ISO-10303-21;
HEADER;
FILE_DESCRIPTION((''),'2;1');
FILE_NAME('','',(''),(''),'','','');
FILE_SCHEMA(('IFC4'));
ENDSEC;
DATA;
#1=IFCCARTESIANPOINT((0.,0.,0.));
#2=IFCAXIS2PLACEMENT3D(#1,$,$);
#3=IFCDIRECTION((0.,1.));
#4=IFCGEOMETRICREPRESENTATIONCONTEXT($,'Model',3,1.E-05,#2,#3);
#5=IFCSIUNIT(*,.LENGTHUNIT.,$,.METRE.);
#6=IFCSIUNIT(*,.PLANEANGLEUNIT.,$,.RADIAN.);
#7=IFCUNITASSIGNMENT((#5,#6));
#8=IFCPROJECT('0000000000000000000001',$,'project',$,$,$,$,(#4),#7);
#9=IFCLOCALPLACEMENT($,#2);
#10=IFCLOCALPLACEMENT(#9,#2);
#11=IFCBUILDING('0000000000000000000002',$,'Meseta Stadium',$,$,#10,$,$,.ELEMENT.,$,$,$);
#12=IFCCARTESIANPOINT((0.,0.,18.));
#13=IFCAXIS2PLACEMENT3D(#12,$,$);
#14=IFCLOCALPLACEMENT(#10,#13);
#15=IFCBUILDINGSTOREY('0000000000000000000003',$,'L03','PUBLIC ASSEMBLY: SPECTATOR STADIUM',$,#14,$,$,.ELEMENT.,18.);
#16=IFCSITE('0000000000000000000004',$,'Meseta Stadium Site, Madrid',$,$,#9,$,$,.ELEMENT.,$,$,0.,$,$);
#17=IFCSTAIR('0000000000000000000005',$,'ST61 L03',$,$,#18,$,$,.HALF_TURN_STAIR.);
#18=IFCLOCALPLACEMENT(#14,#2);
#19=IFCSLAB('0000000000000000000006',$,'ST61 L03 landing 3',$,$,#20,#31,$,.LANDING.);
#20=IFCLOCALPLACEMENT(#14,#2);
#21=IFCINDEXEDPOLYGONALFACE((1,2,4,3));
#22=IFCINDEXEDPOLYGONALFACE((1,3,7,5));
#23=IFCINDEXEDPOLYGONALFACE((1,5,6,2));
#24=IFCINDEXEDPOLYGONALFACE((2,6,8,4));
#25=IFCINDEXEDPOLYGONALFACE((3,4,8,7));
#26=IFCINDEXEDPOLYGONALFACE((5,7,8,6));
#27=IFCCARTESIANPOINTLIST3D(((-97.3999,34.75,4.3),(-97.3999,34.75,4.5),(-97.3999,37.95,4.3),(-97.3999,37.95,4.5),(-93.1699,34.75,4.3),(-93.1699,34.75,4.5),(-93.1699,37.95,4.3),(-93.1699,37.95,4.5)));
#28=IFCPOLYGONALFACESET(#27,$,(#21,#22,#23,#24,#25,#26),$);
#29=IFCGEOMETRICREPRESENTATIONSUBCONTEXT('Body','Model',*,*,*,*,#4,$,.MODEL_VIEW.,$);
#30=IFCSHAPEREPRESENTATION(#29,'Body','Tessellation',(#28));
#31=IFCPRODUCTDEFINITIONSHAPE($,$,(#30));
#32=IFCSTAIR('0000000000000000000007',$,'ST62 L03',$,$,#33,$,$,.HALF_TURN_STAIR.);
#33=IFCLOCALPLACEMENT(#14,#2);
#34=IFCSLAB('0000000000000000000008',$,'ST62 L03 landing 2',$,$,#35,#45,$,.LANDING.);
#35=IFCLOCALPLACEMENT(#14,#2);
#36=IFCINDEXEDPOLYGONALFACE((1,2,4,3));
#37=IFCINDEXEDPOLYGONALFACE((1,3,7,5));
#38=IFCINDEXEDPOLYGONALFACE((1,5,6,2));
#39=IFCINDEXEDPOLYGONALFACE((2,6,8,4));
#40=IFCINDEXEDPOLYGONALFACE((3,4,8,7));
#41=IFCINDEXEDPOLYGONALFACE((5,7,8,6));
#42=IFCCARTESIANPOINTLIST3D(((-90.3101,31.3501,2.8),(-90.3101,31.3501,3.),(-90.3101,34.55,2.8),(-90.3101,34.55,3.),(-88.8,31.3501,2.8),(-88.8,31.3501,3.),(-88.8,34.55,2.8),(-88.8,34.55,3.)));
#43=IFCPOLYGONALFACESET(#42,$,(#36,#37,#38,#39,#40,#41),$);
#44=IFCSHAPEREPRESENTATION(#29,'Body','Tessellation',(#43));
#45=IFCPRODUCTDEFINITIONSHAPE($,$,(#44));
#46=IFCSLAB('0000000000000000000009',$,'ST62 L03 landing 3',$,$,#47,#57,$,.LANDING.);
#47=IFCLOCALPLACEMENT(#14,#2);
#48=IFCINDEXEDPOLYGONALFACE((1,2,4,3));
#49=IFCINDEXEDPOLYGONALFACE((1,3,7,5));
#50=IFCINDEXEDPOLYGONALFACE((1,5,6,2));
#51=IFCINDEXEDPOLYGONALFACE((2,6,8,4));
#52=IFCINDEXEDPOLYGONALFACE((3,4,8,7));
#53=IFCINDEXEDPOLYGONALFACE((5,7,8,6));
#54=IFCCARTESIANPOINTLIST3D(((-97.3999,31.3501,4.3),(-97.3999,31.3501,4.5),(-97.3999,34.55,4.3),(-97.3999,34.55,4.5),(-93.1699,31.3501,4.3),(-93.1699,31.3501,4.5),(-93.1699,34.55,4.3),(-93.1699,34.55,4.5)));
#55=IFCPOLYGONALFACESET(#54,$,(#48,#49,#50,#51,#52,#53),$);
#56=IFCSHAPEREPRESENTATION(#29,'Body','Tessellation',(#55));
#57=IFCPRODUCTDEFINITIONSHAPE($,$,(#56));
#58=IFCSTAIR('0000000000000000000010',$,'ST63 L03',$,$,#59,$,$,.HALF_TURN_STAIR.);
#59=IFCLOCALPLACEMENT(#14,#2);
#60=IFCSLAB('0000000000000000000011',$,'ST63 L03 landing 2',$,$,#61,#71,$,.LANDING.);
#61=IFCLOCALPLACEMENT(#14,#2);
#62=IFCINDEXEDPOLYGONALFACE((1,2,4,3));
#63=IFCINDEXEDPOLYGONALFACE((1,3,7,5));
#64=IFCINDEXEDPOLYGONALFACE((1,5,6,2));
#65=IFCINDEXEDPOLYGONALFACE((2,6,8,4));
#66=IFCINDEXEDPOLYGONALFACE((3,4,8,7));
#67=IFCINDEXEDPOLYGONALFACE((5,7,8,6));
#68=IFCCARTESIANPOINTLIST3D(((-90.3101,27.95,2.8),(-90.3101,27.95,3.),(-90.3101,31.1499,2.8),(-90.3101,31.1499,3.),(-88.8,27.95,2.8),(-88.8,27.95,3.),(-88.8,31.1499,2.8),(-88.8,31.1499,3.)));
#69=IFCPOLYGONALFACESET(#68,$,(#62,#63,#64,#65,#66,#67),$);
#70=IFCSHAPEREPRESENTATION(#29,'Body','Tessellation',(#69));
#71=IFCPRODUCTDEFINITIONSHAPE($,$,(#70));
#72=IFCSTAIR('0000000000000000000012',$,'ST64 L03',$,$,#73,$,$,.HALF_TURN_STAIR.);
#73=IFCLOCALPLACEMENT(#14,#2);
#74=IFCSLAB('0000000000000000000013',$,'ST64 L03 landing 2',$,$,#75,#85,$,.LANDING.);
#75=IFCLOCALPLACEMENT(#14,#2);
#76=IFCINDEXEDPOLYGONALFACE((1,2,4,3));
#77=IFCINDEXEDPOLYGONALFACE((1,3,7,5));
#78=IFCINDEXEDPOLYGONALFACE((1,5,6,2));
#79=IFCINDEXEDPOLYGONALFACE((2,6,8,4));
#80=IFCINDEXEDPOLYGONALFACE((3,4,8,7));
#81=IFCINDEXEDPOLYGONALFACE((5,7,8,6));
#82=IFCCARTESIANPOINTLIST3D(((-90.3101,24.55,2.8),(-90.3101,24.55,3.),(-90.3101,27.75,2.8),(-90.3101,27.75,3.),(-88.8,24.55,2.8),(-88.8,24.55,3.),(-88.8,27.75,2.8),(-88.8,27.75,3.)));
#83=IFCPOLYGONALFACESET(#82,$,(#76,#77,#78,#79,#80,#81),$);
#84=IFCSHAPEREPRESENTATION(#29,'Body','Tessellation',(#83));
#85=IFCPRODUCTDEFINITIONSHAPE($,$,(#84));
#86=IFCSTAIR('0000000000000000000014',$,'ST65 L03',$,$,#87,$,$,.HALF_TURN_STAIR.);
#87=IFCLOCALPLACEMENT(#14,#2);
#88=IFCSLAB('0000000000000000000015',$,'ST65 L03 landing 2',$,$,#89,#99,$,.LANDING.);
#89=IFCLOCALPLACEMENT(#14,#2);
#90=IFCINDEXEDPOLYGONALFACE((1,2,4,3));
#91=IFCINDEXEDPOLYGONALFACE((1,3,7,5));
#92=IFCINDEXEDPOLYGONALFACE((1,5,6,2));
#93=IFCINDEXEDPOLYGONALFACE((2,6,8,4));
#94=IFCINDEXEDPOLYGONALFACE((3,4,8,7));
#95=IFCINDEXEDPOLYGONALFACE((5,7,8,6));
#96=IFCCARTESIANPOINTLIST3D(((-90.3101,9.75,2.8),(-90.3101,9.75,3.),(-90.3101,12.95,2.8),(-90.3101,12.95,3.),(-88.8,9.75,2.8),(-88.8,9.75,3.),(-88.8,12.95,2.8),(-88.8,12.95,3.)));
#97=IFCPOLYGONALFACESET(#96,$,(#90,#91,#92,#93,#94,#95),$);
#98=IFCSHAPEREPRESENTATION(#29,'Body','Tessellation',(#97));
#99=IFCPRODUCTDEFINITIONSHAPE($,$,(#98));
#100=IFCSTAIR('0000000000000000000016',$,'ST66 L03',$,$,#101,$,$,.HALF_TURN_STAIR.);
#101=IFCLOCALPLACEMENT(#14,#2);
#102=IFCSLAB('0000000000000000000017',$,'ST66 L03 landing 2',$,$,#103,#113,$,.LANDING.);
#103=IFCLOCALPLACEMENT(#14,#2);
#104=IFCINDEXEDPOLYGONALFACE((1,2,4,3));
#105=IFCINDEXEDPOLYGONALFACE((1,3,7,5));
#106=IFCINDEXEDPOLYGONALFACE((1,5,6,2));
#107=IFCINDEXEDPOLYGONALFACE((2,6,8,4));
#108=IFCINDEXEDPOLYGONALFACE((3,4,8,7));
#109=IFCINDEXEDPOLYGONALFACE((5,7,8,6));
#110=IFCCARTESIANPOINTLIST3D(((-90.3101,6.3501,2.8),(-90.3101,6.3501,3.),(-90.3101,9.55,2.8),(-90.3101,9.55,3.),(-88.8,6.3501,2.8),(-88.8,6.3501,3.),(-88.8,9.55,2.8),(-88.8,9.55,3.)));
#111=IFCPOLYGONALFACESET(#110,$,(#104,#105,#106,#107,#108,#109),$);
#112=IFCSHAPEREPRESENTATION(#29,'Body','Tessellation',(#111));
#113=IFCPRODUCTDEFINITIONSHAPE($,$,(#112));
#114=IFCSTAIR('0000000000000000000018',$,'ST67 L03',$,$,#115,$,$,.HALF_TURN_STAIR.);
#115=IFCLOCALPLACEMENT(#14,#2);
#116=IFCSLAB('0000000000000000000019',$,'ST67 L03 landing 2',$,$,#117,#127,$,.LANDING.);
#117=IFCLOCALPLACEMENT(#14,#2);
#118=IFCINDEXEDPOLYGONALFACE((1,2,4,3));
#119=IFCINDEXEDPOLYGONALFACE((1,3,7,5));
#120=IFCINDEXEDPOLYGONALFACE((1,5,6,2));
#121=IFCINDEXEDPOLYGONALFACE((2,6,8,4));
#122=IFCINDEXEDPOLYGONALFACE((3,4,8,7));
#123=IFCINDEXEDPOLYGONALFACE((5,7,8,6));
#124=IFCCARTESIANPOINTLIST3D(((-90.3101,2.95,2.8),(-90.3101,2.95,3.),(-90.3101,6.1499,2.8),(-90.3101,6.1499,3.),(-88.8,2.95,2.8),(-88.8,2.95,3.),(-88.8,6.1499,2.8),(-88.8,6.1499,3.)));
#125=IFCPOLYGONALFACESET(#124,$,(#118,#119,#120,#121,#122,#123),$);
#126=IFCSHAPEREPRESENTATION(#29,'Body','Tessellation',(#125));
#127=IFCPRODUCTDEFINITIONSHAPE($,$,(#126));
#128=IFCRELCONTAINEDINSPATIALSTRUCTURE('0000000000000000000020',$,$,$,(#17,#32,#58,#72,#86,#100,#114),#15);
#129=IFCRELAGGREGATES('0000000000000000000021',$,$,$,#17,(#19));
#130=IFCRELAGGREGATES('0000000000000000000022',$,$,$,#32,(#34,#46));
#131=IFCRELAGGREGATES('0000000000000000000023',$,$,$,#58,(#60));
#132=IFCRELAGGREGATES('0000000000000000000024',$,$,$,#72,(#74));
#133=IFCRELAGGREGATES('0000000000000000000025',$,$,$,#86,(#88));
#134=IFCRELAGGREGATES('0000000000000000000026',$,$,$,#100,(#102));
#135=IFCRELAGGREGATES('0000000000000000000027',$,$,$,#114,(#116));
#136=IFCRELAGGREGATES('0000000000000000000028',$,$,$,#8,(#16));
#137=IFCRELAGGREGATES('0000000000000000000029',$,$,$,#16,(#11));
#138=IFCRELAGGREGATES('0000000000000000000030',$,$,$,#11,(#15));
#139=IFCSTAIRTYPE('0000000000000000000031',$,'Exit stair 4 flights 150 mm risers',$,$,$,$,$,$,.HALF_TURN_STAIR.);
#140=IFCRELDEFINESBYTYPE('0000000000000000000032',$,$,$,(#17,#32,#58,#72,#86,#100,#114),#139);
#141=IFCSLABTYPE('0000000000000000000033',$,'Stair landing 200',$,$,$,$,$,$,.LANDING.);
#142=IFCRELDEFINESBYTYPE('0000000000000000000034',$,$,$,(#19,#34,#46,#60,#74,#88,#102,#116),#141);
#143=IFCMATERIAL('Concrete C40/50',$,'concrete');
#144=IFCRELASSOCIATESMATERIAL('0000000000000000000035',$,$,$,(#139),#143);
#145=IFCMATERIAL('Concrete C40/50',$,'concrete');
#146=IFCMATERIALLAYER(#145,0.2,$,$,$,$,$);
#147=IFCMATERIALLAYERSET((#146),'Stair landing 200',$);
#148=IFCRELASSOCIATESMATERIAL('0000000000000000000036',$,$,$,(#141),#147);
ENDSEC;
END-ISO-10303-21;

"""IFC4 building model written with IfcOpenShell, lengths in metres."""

from ifc_helpers import new_model, si_unit, direction, frame, origin, place, context, subcontext, project, spatial, polyline, outline, extrude, material, layer, layer_set, type_object, element, aggregate, save


model = new_model("IFC4")

# Units and contexts
model_context = context("Model", 3, precision=1e-05, world=origin(), true_north=direction((0.0, 1.0)))
body_context = subcontext(model_context, "Body", "Model", "MODEL_VIEW")
ifc_project = project(units=[si_unit("LENGTHUNIT", "METRE"), si_unit("PLANEANGLEUNIT", "RADIAN")], contexts=[model_context])

# Site, building, storey
site_placement = place(None, origin())
site = spatial("IfcSite", under=ifc_project, at=site_placement, Name="Meseta Stadium Site, Madrid", CompositionType="ELEMENT", RefElevation=0.0)
building_placement = place(site_placement, origin())
building = spatial("IfcBuilding", under=site, at=building_placement, Name="Meseta Stadium", CompositionType="ELEMENT")
storey_placement = place(building_placement, frame((0.0, 0.0, 18.0)))
storey = spatial("IfcBuildingStorey", under=building, at=storey_placement, Name="L03", Description="PUBLIC ASSEMBLY: SPECTATOR STADIUM", CompositionType="ELEMENT", Elevation=18.0)

# Shared definitions
ifc_material_1 = material(Name="Concrete C40/50", Category="concrete")
stair_type = type_object("IfcStairType", Name="Exit stair 4 flights 150 mm risers", PredefinedType="HALF_TURN_STAIR", material=ifc_material_1)
ifc_material_2 = material(Name="Concrete C40/50", Category="concrete")
ifc_layer = layer(ifc_material_2, 0.2)
ifc_layer_set = layer_set([ifc_layer], Name="Stair landing 200")
slab_type = type_object("IfcSlabType", Name="Stair landing 200", PredefinedType="LANDING", material=ifc_layer_set)

# Stairs, slabs
stair_1_placement = place(storey_placement, origin())
stair_1 = element("IfcStair", 1, at=stair_1_placement, inside=storey, type_object=stair_type, Name="ST61 L03", PredefinedType="HALF_TURN_STAIR")
slab_1_placement = place(storey_placement, frame((0.0, 0.0, 4.3)))
slab_1 = element("IfcSlab", 2, at=slab_1_placement, type_object=slab_type, Name="ST61 L03 landing 3", PredefinedType="LANDING", context=body_context, shape_type="SweptSolid", body=[
    extrude(outline(polyline([(-93.1699, 37.95), (-97.3999, 37.95), (-97.3999, 34.75), (-93.1699, 34.75), (-93.1699, 37.95)])), origin(), (0.0, 0.0, 1.0), 0.2),
])
aggregate(stair_1, [slab_1])
stair_2_placement = place(storey_placement, origin())
stair_2 = element("IfcStair", 3, at=stair_2_placement, inside=storey, type_object=stair_type, Name="ST62 L03", PredefinedType="HALF_TURN_STAIR")
slab_2_placement = place(storey_placement, frame((0.0, 0.0, 2.8)))
slab_2 = element("IfcSlab", 4, at=slab_2_placement, type_object=slab_type, Name="ST62 L03 landing 2", PredefinedType="LANDING", context=body_context, shape_type="SweptSolid", body=[
    extrude(outline(polyline([(-88.8, 34.55), (-90.3101, 34.55), (-90.3101, 31.3501), (-88.8, 31.3501), (-88.8, 34.55)])), origin(), (0.0, 0.0, 1.0), 0.2),
])
slab_3_placement = place(storey_placement, frame((0.0, 0.0, 4.3)))
slab_3 = element("IfcSlab", 5, at=slab_3_placement, type_object=slab_type, Name="ST62 L03 landing 3", PredefinedType="LANDING", context=body_context, shape_type="SweptSolid", body=[
    extrude(outline(polyline([(-93.1699, 34.55), (-97.3999, 34.55), (-97.3999, 31.3501), (-93.1699, 31.3501), (-93.1699, 34.55)])), origin(), (0.0, 0.0, 1.0), 0.2),
])
aggregate(stair_2, [slab_2, slab_3])

# Stairs, slabs
stair_3_placement = place(storey_placement, origin())
stair_3 = element("IfcStair", 6, at=stair_3_placement, inside=storey, type_object=stair_type, Name="ST63 L03", PredefinedType="HALF_TURN_STAIR")
slab_4_placement = place(storey_placement, frame((0.0, 0.0, 2.8)))
slab_4 = element("IfcSlab", 7, at=slab_4_placement, type_object=slab_type, Name="ST63 L03 landing 2", PredefinedType="LANDING", context=body_context, shape_type="SweptSolid", body=[
    extrude(outline(polyline([(-88.8, 31.1499), (-90.3101, 31.1499), (-90.3101, 27.95), (-88.8, 27.95), (-88.8, 31.1499)])), origin(), (0.0, 0.0, 1.0), 0.2),
])
aggregate(stair_3, [slab_4])
stair_4_placement = place(storey_placement, origin())
stair_4 = element("IfcStair", 8, at=stair_4_placement, inside=storey, type_object=stair_type, Name="ST64 L03", PredefinedType="HALF_TURN_STAIR")
slab_5_placement = place(storey_placement, frame((0.0, 0.0, 2.8)))
slab_5 = element("IfcSlab", 9, at=slab_5_placement, type_object=slab_type, Name="ST64 L03 landing 2", PredefinedType="LANDING", context=body_context, shape_type="SweptSolid", body=[
    extrude(outline(polyline([(-88.8, 27.75), (-90.3101, 27.75), (-90.3101, 24.55), (-88.8, 24.55), (-88.8, 27.75)])), origin(), (0.0, 0.0, 1.0), 0.2),
])
aggregate(stair_4, [slab_5])
stair_5_placement = place(storey_placement, origin())
stair_5 = element("IfcStair", 10, at=stair_5_placement, inside=storey, type_object=stair_type, Name="ST65 L03", PredefinedType="HALF_TURN_STAIR")
slab_6_placement = place(storey_placement, frame((0.0, 0.0, 2.8)))
slab_6 = element("IfcSlab", 11, at=slab_6_placement, type_object=slab_type, Name="ST65 L03 landing 2", PredefinedType="LANDING", context=body_context, shape_type="SweptSolid", body=[
    extrude(outline(polyline([(-88.8, 12.95), (-90.3101, 12.95), (-90.3101, 9.75), (-88.8, 9.75), (-88.8, 12.95)])), origin(), (0.0, 0.0, 1.0), 0.2),
])
aggregate(stair_5, [slab_6])
stair_6_placement = place(storey_placement, origin())
stair_6 = element("IfcStair", 12, at=stair_6_placement, inside=storey, type_object=stair_type, Name="ST66 L03", PredefinedType="HALF_TURN_STAIR")
slab_7_placement = place(storey_placement, frame((0.0, 0.0, 2.8)))
slab_7 = element("IfcSlab", 13, at=slab_7_placement, type_object=slab_type, Name="ST66 L03 landing 2", PredefinedType="LANDING", context=body_context, shape_type="SweptSolid", body=[
    extrude(outline(polyline([(-88.8, 9.55), (-90.3101, 9.55), (-90.3101, 6.3501), (-88.8, 6.3501), (-88.8, 9.55)])), origin(), (0.0, 0.0, 1.0), 0.2),
])
aggregate(stair_6, [slab_7])
stair_7_placement = place(storey_placement, origin())
stair_7 = element("IfcStair", 14, at=stair_7_placement, inside=storey, type_object=stair_type, Name="ST67 L03", PredefinedType="HALF_TURN_STAIR")
slab_8_placement = place(storey_placement, frame((0.0, 0.0, 2.8)))
slab_8 = element("IfcSlab", 15, at=slab_8_placement, type_object=slab_type, Name="ST67 L03 landing 2", PredefinedType="LANDING", context=body_context, shape_type="SweptSolid", body=[
    extrude(outline(polyline([(-88.8, 6.1499), (-90.3101, 6.1499), (-90.3101, 2.95), (-88.8, 2.95), (-88.8, 6.1499)])), origin(), (0.0, 0.0, 1.0), 0.2),
])
aggregate(stair_7, [slab_8])

save(model, "model.ifc")
